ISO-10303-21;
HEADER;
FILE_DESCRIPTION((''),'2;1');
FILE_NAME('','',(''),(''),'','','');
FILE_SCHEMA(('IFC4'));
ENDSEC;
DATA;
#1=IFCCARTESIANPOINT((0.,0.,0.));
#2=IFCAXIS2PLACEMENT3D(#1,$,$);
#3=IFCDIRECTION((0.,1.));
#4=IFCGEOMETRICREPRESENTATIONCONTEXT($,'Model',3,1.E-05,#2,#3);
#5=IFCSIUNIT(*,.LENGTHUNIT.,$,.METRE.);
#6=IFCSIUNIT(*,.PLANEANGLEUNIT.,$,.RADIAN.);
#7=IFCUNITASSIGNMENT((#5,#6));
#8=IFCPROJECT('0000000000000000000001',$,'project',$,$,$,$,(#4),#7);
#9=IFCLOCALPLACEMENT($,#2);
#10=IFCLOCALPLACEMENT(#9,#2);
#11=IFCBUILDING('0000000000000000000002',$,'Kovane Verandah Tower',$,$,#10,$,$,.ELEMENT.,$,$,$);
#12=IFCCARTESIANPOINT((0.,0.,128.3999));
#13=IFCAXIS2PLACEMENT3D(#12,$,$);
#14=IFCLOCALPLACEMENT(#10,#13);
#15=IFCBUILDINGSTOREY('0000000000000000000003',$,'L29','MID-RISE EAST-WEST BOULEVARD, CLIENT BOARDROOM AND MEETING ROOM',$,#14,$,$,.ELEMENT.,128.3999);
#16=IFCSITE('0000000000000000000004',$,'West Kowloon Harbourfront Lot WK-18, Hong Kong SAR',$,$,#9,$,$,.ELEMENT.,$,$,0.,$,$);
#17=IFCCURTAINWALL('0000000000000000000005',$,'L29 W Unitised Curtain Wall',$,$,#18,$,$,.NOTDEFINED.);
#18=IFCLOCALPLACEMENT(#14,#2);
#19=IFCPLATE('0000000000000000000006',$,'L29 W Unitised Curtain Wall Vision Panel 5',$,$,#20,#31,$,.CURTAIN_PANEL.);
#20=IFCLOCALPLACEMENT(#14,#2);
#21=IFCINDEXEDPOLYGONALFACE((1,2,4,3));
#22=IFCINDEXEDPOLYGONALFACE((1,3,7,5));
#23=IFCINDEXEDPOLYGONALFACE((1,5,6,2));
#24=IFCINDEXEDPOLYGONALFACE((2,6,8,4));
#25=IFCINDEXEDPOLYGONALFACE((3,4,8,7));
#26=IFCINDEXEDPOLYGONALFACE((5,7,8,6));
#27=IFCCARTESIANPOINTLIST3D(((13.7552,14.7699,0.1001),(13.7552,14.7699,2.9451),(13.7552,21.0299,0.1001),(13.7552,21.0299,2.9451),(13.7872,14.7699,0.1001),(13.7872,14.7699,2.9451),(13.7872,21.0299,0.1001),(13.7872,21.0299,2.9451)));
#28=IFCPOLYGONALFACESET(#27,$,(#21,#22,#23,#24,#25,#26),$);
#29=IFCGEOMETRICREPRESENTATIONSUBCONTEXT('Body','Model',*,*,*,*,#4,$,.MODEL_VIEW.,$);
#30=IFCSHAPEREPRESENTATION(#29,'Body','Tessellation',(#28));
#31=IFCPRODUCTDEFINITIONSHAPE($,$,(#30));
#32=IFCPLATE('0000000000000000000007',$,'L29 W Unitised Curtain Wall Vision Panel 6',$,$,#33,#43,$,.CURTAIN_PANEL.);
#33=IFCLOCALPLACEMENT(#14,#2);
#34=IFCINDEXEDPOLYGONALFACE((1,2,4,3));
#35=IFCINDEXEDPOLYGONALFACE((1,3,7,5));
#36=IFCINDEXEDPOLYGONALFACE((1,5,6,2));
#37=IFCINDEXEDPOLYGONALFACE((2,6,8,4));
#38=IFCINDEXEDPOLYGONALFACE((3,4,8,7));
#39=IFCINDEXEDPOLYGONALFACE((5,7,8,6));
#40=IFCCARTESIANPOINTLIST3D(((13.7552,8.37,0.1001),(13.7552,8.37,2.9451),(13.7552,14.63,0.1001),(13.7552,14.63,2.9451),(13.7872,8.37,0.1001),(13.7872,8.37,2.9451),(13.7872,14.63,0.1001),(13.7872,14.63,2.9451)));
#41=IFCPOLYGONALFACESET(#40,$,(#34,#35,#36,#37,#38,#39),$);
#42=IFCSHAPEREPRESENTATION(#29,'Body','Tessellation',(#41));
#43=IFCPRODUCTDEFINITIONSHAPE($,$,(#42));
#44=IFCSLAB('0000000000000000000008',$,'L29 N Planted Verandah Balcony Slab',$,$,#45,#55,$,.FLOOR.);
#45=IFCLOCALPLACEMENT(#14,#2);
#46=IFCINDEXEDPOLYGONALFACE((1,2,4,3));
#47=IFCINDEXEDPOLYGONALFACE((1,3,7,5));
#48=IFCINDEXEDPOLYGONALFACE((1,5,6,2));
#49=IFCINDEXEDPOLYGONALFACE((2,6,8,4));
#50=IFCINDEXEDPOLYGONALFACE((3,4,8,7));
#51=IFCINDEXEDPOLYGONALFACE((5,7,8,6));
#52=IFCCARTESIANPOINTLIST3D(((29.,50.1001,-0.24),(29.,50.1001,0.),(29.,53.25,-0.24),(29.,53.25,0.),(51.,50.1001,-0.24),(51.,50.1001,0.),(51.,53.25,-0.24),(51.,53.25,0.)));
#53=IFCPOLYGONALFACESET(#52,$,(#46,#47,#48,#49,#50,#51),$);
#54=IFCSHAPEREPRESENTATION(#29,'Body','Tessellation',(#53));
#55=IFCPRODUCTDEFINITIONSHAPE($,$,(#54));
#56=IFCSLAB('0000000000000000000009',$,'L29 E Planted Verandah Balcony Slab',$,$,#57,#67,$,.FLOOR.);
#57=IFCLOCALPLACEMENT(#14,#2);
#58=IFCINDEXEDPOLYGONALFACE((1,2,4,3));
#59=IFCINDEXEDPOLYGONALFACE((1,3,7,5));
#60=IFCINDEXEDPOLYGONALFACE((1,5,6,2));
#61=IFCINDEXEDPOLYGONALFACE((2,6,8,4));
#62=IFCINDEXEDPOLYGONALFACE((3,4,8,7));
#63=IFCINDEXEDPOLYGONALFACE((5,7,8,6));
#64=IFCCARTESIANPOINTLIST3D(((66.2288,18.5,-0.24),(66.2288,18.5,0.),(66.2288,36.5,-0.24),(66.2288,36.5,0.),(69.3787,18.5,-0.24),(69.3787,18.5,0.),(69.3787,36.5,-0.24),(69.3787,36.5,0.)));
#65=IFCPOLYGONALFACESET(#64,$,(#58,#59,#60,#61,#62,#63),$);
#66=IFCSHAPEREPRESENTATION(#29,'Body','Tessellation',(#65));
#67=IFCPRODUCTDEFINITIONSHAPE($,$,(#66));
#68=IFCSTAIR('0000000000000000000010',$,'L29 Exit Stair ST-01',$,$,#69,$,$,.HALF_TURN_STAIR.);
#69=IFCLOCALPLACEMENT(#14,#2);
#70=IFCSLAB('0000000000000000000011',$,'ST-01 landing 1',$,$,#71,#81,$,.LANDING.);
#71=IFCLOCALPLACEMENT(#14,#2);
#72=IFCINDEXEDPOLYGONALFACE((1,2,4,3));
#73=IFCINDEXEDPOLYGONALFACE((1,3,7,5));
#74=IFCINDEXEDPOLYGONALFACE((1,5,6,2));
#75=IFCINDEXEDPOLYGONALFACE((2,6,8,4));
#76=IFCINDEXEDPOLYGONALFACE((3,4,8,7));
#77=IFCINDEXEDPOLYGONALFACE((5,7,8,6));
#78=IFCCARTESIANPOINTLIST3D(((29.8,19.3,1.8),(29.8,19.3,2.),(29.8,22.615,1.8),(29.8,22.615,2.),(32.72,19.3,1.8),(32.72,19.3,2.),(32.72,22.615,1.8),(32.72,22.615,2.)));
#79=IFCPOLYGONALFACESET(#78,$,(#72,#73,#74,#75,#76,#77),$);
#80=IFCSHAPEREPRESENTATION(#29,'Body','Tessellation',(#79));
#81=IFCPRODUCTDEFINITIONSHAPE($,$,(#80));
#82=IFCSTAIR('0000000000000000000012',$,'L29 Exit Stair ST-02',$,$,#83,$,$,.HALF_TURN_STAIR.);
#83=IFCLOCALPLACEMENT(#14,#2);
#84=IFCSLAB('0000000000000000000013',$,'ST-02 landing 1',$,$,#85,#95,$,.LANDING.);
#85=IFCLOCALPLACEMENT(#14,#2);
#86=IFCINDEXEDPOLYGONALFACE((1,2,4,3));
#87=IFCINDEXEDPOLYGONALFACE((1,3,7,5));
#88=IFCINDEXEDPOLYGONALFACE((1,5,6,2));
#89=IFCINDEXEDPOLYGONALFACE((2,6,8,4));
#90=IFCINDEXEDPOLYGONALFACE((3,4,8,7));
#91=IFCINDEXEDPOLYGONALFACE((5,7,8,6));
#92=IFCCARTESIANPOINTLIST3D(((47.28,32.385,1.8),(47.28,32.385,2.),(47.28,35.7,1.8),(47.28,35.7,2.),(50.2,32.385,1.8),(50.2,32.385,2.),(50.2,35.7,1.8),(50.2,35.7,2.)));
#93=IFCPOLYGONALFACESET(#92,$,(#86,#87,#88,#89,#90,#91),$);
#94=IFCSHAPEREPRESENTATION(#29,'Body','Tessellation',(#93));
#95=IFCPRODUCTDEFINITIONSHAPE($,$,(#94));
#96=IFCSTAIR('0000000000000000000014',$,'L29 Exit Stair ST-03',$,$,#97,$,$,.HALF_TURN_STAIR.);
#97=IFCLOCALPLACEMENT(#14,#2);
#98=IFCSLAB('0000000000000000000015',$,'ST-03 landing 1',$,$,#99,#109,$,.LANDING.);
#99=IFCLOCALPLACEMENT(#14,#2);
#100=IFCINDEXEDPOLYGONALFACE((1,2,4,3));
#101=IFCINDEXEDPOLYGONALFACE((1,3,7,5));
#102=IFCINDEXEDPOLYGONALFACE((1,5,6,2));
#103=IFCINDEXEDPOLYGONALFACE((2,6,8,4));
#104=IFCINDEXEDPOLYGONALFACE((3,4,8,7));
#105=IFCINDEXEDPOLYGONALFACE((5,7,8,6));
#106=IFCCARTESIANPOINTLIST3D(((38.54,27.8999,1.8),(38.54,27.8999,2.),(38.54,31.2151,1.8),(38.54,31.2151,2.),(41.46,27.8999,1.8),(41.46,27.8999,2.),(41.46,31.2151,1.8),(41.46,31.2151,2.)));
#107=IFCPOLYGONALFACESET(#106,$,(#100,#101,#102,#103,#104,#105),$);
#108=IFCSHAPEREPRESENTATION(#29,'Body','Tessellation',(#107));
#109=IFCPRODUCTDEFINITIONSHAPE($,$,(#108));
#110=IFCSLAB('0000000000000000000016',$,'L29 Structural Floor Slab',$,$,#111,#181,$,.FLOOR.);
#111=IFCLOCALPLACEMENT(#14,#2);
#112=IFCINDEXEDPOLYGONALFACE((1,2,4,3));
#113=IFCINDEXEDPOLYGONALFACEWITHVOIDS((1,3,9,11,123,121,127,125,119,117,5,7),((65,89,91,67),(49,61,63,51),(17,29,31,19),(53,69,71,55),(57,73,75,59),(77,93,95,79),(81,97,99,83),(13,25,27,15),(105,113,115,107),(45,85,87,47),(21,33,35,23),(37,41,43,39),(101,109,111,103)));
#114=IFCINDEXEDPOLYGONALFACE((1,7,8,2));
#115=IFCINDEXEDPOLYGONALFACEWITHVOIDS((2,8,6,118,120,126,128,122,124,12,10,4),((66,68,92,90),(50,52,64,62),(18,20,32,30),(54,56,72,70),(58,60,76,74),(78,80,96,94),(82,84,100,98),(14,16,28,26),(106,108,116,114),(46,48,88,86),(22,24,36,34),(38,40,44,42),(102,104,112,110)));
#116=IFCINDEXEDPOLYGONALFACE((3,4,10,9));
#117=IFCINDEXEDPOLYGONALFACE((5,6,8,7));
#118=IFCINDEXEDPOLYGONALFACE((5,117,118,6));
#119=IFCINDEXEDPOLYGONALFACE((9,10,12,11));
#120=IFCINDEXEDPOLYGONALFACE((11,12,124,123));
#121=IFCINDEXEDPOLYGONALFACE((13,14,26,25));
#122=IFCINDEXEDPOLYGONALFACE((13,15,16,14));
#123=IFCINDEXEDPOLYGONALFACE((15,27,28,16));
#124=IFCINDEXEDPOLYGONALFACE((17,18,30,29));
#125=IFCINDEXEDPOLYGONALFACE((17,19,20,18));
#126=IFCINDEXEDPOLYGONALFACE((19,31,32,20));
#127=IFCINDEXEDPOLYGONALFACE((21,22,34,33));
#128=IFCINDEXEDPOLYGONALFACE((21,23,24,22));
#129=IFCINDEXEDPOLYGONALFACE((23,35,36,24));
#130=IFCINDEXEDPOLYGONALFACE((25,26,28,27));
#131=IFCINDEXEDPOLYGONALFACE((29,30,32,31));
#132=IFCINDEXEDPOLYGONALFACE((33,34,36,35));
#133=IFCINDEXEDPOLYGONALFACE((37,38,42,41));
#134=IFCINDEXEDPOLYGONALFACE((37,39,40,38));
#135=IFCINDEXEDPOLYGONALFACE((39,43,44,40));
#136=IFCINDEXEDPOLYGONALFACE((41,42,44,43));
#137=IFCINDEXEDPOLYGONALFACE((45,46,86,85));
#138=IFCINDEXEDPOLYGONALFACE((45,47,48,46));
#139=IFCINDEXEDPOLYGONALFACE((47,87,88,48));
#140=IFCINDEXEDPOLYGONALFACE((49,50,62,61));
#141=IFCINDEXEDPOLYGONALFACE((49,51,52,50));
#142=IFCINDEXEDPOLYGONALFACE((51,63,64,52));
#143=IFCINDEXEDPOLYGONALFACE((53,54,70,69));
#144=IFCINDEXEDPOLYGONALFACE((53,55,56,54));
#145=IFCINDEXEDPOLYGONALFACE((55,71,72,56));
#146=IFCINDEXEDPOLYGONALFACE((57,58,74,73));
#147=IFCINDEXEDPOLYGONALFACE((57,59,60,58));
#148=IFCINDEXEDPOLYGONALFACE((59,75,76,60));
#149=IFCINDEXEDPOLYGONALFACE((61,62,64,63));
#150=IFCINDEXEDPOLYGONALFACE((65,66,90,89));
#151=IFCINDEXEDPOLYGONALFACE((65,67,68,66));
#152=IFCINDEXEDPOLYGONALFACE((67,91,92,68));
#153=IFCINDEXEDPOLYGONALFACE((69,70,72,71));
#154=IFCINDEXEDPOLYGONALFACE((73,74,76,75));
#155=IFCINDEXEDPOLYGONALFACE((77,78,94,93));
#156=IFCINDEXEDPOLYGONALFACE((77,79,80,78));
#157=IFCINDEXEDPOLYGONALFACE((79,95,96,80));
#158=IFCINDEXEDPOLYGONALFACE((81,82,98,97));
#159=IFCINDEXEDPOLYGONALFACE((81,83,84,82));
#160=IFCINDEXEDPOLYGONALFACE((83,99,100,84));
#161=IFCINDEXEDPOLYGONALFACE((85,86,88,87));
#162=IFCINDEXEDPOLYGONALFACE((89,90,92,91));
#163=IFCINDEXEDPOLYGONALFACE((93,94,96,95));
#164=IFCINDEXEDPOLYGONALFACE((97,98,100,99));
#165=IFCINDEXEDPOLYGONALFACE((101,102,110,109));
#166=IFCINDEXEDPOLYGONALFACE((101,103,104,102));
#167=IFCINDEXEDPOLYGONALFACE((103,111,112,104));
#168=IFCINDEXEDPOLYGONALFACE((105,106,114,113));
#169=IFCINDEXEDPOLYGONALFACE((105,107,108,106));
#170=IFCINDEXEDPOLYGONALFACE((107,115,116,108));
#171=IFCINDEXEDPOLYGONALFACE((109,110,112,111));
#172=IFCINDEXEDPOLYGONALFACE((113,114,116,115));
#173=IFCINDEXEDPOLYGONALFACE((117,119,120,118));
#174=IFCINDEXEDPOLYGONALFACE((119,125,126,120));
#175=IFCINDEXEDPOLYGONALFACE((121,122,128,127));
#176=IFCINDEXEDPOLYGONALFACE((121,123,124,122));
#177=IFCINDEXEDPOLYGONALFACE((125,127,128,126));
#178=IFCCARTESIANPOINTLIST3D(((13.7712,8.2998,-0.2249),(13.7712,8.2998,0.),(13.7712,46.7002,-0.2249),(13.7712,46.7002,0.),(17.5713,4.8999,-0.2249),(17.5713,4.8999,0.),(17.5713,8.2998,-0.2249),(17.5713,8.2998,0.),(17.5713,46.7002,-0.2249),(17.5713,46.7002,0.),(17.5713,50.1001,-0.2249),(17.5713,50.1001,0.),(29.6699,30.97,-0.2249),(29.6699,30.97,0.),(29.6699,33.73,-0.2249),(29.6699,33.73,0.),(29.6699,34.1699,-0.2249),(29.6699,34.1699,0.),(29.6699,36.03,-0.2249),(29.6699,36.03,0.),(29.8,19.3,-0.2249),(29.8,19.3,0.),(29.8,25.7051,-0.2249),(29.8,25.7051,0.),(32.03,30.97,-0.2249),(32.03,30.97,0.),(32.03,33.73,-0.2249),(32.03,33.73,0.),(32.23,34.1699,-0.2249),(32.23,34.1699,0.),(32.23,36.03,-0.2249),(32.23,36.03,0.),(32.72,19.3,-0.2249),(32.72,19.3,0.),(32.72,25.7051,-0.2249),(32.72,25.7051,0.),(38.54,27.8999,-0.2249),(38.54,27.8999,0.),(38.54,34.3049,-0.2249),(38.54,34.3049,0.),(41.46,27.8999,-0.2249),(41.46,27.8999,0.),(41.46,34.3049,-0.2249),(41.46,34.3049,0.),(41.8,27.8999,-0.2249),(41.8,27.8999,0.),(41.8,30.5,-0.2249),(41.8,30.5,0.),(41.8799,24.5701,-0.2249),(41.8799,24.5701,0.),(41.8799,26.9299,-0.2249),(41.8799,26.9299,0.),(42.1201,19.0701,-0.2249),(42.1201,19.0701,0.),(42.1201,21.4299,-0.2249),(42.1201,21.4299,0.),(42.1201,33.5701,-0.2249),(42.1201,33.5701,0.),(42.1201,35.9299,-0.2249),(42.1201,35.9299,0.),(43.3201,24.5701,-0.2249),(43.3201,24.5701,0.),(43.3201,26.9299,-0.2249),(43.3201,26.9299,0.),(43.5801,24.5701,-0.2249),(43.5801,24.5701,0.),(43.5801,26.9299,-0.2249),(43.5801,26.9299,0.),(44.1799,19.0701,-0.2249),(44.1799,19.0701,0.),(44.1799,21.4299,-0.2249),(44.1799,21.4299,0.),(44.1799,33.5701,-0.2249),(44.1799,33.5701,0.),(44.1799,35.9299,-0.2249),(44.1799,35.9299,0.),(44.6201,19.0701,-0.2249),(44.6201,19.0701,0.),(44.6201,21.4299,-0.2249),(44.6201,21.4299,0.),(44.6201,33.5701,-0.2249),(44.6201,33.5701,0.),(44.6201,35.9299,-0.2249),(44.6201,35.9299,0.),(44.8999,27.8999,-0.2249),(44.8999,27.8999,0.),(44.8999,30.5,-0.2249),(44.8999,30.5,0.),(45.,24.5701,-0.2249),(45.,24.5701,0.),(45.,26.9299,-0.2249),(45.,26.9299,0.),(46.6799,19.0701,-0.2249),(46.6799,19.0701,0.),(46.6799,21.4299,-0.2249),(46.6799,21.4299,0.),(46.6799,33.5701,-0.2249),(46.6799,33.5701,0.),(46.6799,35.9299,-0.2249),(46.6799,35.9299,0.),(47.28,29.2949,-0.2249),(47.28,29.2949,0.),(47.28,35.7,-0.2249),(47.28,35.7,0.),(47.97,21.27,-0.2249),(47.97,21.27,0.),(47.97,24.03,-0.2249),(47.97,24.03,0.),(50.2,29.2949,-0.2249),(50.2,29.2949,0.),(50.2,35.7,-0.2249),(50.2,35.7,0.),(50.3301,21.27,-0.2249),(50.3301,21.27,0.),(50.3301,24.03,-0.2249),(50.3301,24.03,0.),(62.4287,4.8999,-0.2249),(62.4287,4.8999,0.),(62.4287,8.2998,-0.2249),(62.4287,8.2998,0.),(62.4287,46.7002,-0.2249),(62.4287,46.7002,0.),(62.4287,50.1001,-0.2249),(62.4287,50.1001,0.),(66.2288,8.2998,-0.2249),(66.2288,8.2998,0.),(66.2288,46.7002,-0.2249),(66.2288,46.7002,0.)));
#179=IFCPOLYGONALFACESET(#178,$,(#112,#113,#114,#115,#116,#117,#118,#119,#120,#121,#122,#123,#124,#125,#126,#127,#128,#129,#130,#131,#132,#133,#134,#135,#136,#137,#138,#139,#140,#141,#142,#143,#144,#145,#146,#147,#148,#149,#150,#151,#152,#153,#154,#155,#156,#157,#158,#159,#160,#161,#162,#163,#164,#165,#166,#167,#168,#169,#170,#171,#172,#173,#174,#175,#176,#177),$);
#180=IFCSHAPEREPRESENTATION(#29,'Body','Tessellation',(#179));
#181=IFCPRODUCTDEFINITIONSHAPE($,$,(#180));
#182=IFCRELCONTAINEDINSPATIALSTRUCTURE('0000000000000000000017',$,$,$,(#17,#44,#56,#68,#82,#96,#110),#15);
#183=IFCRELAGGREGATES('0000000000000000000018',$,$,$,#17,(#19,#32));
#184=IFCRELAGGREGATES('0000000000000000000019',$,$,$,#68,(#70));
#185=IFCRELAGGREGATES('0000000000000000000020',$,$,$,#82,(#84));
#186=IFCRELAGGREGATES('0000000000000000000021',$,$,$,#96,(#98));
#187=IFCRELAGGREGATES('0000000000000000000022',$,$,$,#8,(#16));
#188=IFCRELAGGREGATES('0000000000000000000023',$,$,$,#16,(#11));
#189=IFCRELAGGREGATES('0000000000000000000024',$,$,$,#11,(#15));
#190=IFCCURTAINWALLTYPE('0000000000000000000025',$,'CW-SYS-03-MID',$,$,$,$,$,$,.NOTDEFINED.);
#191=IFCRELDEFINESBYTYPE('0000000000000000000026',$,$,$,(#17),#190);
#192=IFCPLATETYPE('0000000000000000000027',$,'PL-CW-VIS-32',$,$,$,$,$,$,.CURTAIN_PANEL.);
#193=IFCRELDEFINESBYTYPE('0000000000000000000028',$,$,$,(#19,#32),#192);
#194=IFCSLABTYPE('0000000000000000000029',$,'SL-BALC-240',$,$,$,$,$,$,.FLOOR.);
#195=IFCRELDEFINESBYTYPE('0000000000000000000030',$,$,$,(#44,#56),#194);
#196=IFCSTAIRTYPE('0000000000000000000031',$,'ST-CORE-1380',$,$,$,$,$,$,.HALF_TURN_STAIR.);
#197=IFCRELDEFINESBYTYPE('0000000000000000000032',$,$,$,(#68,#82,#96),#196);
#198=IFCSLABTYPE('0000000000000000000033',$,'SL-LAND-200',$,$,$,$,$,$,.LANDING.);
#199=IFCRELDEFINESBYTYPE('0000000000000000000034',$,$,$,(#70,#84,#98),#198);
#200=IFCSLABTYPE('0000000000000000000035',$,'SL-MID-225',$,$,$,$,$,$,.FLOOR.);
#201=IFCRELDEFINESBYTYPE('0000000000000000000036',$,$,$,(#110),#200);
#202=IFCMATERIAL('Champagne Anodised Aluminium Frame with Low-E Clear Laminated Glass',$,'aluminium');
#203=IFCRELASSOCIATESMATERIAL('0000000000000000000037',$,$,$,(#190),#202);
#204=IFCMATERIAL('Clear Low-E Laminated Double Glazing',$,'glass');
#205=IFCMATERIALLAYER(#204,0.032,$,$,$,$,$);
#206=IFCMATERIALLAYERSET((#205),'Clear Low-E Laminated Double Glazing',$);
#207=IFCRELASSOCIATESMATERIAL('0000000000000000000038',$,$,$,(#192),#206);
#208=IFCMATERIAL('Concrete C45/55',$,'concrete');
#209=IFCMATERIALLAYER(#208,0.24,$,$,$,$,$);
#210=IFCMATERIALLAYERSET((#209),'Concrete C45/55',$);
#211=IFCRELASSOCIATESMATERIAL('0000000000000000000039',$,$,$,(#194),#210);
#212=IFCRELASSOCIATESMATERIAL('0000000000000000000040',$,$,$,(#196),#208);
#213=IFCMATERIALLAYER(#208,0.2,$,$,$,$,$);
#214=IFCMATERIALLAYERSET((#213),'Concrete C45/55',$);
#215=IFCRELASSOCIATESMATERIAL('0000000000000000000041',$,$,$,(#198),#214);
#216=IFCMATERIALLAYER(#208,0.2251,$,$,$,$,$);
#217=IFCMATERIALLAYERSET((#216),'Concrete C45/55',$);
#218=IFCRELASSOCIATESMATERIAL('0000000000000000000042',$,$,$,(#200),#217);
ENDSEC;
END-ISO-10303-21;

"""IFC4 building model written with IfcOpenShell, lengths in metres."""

from ifc_helpers import new_model, si_unit, direction, frame, origin, origin_2d, place, context, subcontext, project, spatial, polyline, rectangle, outline, extrude, material, layer, layer_set, type_object, element, aggregate, save


model = new_model("IFC4")

# Units and contexts
model_context = context("Model", 3, precision=1e-05, world=origin(), true_north=direction((0.0, 1.0)))
body_context = subcontext(model_context, "Body", "Model", "MODEL_VIEW")
ifc_project = project(units=[si_unit("LENGTHUNIT", "METRE"), si_unit("PLANEANGLEUNIT", "RADIAN")], contexts=[model_context])

# Site, building, storey
site_placement = place(None, origin())
site = spatial("IfcSite", under=ifc_project, at=site_placement, Name="West Kowloon Harbourfront Lot WK-18, Hong Kong SAR", CompositionType="ELEMENT", RefElevation=0.0)
building_placement = place(site_placement, origin())
building = spatial("IfcBuilding", under=site, at=building_placement, Name="Kovane Verandah Tower", CompositionType="ELEMENT")
storey_placement = place(building_placement, frame((0.0, 0.0, 128.3999)))
storey = spatial("IfcBuildingStorey", under=building, at=storey_placement, Name="L29", Description="MID-RISE EAST-WEST BOULEVARD, CLIENT BOARDROOM AND MEETING ROOM", CompositionType="ELEMENT", Elevation=128.3999)

# Shared definitions
ifc_material_1 = material(Name="Champagne Anodised Aluminium Frame with Low-E Clear Laminated Glass", Category="aluminium")
curtain_wall_type = type_object("IfcCurtainWallType", Name="CW-SYS-03-MID", PredefinedType="NOTDEFINED", material=ifc_material_1)

# Curtain wall, plates
curtain_wall_1_placement = place(storey_placement, origin())
curtain_wall_1 = element("IfcCurtainWall", 1, at=curtain_wall_1_placement, inside=storey, type_object=curtain_wall_type, Name="L29 W Unitised Curtain Wall", PredefinedType="NOTDEFINED")
ifc_material_2 = material(Name="Clear Low-E Laminated Double Glazing", Category="glass")
ifc_layer_1 = layer(ifc_material_2, 0.032)
ifc_layer_set_1 = layer_set([ifc_layer_1], Name="Clear Low-E Laminated Double Glazing")
plate_type_1 = type_object("IfcPlateType", Name="PL-CW-VIS-32", PredefinedType="CURTAIN_PANEL", material=ifc_layer_set_1)
plate_1_placement = place(storey_placement, frame((13.7712, 17.8999, 0.1001), z_axis=(0.0, 0.0, 1.0), x_axis=(0.0, -1.0, 0.0)))
plate_1 = element("IfcPlate", 2, at=plate_1_placement, type_object=plate_type_1, Name="L29 W Unitised Curtain Wall Vision Panel 5", PredefinedType="CURTAIN_PANEL", context=body_context, shape_type="SweptSolid", body=[
    extrude(rectangle(XDim=6.26, YDim=0.032, at=origin_2d()), origin(), (0.0, 0.0, 1.0), 2.845),
])
plate_2_placement = place(storey_placement, frame((13.7712, 11.5, 0.1001), z_axis=(0.0, 0.0, 1.0), x_axis=(0.0, -1.0, 0.0)))
plate_2 = element("IfcPlate", 3, at=plate_2_placement, type_object=plate_type_1, Name="L29 W Unitised Curtain Wall Vision Panel 6", PredefinedType="CURTAIN_PANEL", context=body_context, shape_type="SweptSolid", body=[
    extrude(rectangle(XDim=6.26, YDim=0.032, at=origin_2d()), origin(), (0.0, 0.0, 1.0), 2.845),
])
aggregate(curtain_wall_1, [plate_1, plate_2])

# Slabs
ifc_material_3 = material(Name="Concrete C45/55", Category="concrete")
ifc_layer_2 = layer(ifc_material_3, 0.24)
ifc_layer_set_2 = layer_set([ifc_layer_2], Name="Concrete C45/55")
slab_type_1 = type_object("IfcSlabType", Name="SL-BALC-240", PredefinedType="FLOOR", material=ifc_layer_set_2)
slab_1_placement = place(storey_placement, frame((0.0, 0.0, -0.24)))
element("IfcSlab", 4, at=slab_1_placement, inside=storey, type_object=slab_type_1, Name="L29 N Planted Verandah Balcony Slab", PredefinedType="FLOOR", context=body_context, shape_type="SweptSolid", body=[
    extrude(outline(polyline([(29.0, 50.1001), (51.0, 50.1001), (51.0, 53.25), (29.0, 53.25), (29.0, 50.1001)])), origin(), (0.0, 0.0, 1.0), 0.24),
])
slab_2_placement = place(storey_placement, frame((0.0, 0.0, -0.24)))
element("IfcSlab", 5, at=slab_2_placement, inside=storey, type_object=slab_type_1, Name="L29 E Planted Verandah Balcony Slab", PredefinedType="FLOOR", context=body_context, shape_type="SweptSolid", body=[
    extrude(outline(polyline([(66.2288, 18.5), (69.3787, 18.5), (69.3787, 36.5), (66.2288, 36.5), (66.2288, 18.5)])), origin(), (0.0, 0.0, 1.0), 0.24),
])

# Stairs, slabs
stair_type = type_object("IfcStairType", Name="ST-CORE-1380", PredefinedType="HALF_TURN_STAIR", material=ifc_material_3)
stair_1_placement = place(storey_placement, origin())
stair_1 = element("IfcStair", 6, at=stair_1_placement, inside=storey, type_object=stair_type, Name="L29 Exit Stair ST-01", PredefinedType="HALF_TURN_STAIR")
ifc_layer_3 = layer(ifc_material_3, 0.2)
ifc_layer_set_3 = layer_set([ifc_layer_3], Name="Concrete C45/55")
slab_type_2 = type_object("IfcSlabType", Name="SL-LAND-200", PredefinedType="LANDING", material=ifc_layer_set_3)
slab_3_placement = place(storey_placement, frame((0.0, 0.0, 1.8)))
slab_3 = element("IfcSlab", 7, at=slab_3_placement, type_object=slab_type_2, Name="ST-01 landing 1", PredefinedType="LANDING", context=body_context, shape_type="SweptSolid", body=[
    extrude(outline(polyline([(29.8, 22.615), (29.8, 19.3), (32.72, 19.3), (32.72, 22.615), (29.8, 22.615)])), origin(), (0.0, 0.0, 1.0), 0.2),
])
aggregate(stair_1, [slab_3])
stair_2_placement = place(storey_placement, origin())
stair_2 = element("IfcStair", 8, at=stair_2_placement, inside=storey, type_object=stair_type, Name="L29 Exit Stair ST-02", PredefinedType="HALF_TURN_STAIR")
slab_4_placement = place(storey_placement, frame((0.0, 0.0, 1.8)))
slab_4 = element("IfcSlab", 9, at=slab_4_placement, type_object=slab_type_2, Name="ST-02 landing 1", PredefinedType="LANDING", context=body_context, shape_type="SweptSolid", body=[
    extrude(outline(polyline([(50.2, 32.385), (50.2, 35.7), (47.28, 35.7), (47.28, 32.385), (50.2, 32.385)])), origin(), (0.0, 0.0, 1.0), 0.2),
])
aggregate(stair_2, [slab_4])
stair_3_placement = place(storey_placement, origin())
stair_3 = element("IfcStair", 10, at=stair_3_placement, inside=storey, type_object=stair_type, Name="L29 Exit Stair ST-03", PredefinedType="HALF_TURN_STAIR")
slab_5_placement = place(storey_placement, frame((0.0, 0.0, 1.8)))
slab_5 = element("IfcSlab", 11, at=slab_5_placement, type_object=slab_type_2, Name="ST-03 landing 1", PredefinedType="LANDING", context=body_context, shape_type="SweptSolid", body=[
    extrude(outline(polyline([(38.54, 31.2151), (38.54, 27.8999), (41.46, 27.8999), (41.46, 31.2151), (38.54, 31.2151)])), origin(), (0.0, 0.0, 1.0), 0.2),
])
aggregate(stair_3, [slab_5])

# Slab
ifc_layer_4 = layer(ifc_material_3, 0.2251)
ifc_layer_set_4 = layer_set([ifc_layer_4], Name="Concrete C45/55")
slab_type_3 = type_object("IfcSlabType", Name="SL-MID-225", PredefinedType="FLOOR", material=ifc_layer_set_4)
slab_6_placement = place(storey_placement, frame((0.0, 0.0, -0.2249)))
element("IfcSlab", 12, at=slab_6_placement, inside=storey, type_object=slab_type_3, Name="L29 Structural Floor Slab", PredefinedType="FLOOR", context=body_context, shape_type="SweptSolid", body=[
    extrude(outline(polyline([(17.5713, 4.8999), (62.4287, 4.8999), (62.4287, 8.2998), (66.2288, 8.2998), (66.2288, 46.7002), (62.4287, 46.7002), (62.4287, 50.1001), (17.5713, 50.1001), (17.5713, 46.7002), (13.7712, 46.7002), (13.7712, 8.2998), (17.5713, 8.2998), (17.5713, 4.8999)]), holes=[polyline([(29.8, 19.3), (32.72, 19.3), (32.72, 25.7051), (29.8, 25.7051), (29.8, 19.3)]), polyline([(47.28, 29.2949), (50.2, 29.2949), (50.2, 35.7), (47.28, 35.7), (47.28, 29.2949)]), polyline([(38.54, 27.8999), (41.46, 27.8999), (41.46, 34.3049), (38.54, 34.3049), (38.54, 27.8999)]), polyline([(29.6699, 30.97), (32.03, 30.97), (32.03, 33.73), (29.6699, 33.73), (29.6699, 30.97)]), polyline([(47.97, 21.27), (50.3301, 21.27), (50.3301, 24.03), (47.97, 24.03), (47.97, 21.27)]), polyline([(29.6699, 34.1699), (32.23, 34.1699), (32.23, 36.03), (29.6699, 36.03), (29.6699, 34.1699)]), polyline([(42.1201, 19.0701), (44.1799, 19.0701), (44.1799, 21.4299), (42.1201, 21.4299), (42.1201, 19.0701)]), polyline([(44.6201, 19.0701), (46.6799, 19.0701), (46.6799, 21.4299), (44.6201, 21.4299), (44.6201, 19.0701)]), polyline([(41.8799, 24.5701), (43.3201, 24.5701), (43.3201, 26.9299), (41.8799, 26.9299), (41.8799, 24.5701)]), polyline([(43.5801, 24.5701), (45.0, 24.5701), (45.0, 26.9299), (43.5801, 26.9299), (43.5801, 24.5701)]), polyline([(42.1201, 33.5701), (44.1799, 33.5701), (44.1799, 35.9299), (42.1201, 35.9299), (42.1201, 33.5701)]), polyline([(44.6201, 33.5701), (46.6799, 33.5701), (46.6799, 35.9299), (44.6201, 35.9299), (44.6201, 33.5701)]), polyline([(41.8, 27.8999), (44.8999, 27.8999), (44.8999, 30.5), (41.8, 30.5), (41.8, 27.8999)])]), origin(), (0.0, 0.0, 1.0), 0.2249),
])

save(model, "model.ifc")
